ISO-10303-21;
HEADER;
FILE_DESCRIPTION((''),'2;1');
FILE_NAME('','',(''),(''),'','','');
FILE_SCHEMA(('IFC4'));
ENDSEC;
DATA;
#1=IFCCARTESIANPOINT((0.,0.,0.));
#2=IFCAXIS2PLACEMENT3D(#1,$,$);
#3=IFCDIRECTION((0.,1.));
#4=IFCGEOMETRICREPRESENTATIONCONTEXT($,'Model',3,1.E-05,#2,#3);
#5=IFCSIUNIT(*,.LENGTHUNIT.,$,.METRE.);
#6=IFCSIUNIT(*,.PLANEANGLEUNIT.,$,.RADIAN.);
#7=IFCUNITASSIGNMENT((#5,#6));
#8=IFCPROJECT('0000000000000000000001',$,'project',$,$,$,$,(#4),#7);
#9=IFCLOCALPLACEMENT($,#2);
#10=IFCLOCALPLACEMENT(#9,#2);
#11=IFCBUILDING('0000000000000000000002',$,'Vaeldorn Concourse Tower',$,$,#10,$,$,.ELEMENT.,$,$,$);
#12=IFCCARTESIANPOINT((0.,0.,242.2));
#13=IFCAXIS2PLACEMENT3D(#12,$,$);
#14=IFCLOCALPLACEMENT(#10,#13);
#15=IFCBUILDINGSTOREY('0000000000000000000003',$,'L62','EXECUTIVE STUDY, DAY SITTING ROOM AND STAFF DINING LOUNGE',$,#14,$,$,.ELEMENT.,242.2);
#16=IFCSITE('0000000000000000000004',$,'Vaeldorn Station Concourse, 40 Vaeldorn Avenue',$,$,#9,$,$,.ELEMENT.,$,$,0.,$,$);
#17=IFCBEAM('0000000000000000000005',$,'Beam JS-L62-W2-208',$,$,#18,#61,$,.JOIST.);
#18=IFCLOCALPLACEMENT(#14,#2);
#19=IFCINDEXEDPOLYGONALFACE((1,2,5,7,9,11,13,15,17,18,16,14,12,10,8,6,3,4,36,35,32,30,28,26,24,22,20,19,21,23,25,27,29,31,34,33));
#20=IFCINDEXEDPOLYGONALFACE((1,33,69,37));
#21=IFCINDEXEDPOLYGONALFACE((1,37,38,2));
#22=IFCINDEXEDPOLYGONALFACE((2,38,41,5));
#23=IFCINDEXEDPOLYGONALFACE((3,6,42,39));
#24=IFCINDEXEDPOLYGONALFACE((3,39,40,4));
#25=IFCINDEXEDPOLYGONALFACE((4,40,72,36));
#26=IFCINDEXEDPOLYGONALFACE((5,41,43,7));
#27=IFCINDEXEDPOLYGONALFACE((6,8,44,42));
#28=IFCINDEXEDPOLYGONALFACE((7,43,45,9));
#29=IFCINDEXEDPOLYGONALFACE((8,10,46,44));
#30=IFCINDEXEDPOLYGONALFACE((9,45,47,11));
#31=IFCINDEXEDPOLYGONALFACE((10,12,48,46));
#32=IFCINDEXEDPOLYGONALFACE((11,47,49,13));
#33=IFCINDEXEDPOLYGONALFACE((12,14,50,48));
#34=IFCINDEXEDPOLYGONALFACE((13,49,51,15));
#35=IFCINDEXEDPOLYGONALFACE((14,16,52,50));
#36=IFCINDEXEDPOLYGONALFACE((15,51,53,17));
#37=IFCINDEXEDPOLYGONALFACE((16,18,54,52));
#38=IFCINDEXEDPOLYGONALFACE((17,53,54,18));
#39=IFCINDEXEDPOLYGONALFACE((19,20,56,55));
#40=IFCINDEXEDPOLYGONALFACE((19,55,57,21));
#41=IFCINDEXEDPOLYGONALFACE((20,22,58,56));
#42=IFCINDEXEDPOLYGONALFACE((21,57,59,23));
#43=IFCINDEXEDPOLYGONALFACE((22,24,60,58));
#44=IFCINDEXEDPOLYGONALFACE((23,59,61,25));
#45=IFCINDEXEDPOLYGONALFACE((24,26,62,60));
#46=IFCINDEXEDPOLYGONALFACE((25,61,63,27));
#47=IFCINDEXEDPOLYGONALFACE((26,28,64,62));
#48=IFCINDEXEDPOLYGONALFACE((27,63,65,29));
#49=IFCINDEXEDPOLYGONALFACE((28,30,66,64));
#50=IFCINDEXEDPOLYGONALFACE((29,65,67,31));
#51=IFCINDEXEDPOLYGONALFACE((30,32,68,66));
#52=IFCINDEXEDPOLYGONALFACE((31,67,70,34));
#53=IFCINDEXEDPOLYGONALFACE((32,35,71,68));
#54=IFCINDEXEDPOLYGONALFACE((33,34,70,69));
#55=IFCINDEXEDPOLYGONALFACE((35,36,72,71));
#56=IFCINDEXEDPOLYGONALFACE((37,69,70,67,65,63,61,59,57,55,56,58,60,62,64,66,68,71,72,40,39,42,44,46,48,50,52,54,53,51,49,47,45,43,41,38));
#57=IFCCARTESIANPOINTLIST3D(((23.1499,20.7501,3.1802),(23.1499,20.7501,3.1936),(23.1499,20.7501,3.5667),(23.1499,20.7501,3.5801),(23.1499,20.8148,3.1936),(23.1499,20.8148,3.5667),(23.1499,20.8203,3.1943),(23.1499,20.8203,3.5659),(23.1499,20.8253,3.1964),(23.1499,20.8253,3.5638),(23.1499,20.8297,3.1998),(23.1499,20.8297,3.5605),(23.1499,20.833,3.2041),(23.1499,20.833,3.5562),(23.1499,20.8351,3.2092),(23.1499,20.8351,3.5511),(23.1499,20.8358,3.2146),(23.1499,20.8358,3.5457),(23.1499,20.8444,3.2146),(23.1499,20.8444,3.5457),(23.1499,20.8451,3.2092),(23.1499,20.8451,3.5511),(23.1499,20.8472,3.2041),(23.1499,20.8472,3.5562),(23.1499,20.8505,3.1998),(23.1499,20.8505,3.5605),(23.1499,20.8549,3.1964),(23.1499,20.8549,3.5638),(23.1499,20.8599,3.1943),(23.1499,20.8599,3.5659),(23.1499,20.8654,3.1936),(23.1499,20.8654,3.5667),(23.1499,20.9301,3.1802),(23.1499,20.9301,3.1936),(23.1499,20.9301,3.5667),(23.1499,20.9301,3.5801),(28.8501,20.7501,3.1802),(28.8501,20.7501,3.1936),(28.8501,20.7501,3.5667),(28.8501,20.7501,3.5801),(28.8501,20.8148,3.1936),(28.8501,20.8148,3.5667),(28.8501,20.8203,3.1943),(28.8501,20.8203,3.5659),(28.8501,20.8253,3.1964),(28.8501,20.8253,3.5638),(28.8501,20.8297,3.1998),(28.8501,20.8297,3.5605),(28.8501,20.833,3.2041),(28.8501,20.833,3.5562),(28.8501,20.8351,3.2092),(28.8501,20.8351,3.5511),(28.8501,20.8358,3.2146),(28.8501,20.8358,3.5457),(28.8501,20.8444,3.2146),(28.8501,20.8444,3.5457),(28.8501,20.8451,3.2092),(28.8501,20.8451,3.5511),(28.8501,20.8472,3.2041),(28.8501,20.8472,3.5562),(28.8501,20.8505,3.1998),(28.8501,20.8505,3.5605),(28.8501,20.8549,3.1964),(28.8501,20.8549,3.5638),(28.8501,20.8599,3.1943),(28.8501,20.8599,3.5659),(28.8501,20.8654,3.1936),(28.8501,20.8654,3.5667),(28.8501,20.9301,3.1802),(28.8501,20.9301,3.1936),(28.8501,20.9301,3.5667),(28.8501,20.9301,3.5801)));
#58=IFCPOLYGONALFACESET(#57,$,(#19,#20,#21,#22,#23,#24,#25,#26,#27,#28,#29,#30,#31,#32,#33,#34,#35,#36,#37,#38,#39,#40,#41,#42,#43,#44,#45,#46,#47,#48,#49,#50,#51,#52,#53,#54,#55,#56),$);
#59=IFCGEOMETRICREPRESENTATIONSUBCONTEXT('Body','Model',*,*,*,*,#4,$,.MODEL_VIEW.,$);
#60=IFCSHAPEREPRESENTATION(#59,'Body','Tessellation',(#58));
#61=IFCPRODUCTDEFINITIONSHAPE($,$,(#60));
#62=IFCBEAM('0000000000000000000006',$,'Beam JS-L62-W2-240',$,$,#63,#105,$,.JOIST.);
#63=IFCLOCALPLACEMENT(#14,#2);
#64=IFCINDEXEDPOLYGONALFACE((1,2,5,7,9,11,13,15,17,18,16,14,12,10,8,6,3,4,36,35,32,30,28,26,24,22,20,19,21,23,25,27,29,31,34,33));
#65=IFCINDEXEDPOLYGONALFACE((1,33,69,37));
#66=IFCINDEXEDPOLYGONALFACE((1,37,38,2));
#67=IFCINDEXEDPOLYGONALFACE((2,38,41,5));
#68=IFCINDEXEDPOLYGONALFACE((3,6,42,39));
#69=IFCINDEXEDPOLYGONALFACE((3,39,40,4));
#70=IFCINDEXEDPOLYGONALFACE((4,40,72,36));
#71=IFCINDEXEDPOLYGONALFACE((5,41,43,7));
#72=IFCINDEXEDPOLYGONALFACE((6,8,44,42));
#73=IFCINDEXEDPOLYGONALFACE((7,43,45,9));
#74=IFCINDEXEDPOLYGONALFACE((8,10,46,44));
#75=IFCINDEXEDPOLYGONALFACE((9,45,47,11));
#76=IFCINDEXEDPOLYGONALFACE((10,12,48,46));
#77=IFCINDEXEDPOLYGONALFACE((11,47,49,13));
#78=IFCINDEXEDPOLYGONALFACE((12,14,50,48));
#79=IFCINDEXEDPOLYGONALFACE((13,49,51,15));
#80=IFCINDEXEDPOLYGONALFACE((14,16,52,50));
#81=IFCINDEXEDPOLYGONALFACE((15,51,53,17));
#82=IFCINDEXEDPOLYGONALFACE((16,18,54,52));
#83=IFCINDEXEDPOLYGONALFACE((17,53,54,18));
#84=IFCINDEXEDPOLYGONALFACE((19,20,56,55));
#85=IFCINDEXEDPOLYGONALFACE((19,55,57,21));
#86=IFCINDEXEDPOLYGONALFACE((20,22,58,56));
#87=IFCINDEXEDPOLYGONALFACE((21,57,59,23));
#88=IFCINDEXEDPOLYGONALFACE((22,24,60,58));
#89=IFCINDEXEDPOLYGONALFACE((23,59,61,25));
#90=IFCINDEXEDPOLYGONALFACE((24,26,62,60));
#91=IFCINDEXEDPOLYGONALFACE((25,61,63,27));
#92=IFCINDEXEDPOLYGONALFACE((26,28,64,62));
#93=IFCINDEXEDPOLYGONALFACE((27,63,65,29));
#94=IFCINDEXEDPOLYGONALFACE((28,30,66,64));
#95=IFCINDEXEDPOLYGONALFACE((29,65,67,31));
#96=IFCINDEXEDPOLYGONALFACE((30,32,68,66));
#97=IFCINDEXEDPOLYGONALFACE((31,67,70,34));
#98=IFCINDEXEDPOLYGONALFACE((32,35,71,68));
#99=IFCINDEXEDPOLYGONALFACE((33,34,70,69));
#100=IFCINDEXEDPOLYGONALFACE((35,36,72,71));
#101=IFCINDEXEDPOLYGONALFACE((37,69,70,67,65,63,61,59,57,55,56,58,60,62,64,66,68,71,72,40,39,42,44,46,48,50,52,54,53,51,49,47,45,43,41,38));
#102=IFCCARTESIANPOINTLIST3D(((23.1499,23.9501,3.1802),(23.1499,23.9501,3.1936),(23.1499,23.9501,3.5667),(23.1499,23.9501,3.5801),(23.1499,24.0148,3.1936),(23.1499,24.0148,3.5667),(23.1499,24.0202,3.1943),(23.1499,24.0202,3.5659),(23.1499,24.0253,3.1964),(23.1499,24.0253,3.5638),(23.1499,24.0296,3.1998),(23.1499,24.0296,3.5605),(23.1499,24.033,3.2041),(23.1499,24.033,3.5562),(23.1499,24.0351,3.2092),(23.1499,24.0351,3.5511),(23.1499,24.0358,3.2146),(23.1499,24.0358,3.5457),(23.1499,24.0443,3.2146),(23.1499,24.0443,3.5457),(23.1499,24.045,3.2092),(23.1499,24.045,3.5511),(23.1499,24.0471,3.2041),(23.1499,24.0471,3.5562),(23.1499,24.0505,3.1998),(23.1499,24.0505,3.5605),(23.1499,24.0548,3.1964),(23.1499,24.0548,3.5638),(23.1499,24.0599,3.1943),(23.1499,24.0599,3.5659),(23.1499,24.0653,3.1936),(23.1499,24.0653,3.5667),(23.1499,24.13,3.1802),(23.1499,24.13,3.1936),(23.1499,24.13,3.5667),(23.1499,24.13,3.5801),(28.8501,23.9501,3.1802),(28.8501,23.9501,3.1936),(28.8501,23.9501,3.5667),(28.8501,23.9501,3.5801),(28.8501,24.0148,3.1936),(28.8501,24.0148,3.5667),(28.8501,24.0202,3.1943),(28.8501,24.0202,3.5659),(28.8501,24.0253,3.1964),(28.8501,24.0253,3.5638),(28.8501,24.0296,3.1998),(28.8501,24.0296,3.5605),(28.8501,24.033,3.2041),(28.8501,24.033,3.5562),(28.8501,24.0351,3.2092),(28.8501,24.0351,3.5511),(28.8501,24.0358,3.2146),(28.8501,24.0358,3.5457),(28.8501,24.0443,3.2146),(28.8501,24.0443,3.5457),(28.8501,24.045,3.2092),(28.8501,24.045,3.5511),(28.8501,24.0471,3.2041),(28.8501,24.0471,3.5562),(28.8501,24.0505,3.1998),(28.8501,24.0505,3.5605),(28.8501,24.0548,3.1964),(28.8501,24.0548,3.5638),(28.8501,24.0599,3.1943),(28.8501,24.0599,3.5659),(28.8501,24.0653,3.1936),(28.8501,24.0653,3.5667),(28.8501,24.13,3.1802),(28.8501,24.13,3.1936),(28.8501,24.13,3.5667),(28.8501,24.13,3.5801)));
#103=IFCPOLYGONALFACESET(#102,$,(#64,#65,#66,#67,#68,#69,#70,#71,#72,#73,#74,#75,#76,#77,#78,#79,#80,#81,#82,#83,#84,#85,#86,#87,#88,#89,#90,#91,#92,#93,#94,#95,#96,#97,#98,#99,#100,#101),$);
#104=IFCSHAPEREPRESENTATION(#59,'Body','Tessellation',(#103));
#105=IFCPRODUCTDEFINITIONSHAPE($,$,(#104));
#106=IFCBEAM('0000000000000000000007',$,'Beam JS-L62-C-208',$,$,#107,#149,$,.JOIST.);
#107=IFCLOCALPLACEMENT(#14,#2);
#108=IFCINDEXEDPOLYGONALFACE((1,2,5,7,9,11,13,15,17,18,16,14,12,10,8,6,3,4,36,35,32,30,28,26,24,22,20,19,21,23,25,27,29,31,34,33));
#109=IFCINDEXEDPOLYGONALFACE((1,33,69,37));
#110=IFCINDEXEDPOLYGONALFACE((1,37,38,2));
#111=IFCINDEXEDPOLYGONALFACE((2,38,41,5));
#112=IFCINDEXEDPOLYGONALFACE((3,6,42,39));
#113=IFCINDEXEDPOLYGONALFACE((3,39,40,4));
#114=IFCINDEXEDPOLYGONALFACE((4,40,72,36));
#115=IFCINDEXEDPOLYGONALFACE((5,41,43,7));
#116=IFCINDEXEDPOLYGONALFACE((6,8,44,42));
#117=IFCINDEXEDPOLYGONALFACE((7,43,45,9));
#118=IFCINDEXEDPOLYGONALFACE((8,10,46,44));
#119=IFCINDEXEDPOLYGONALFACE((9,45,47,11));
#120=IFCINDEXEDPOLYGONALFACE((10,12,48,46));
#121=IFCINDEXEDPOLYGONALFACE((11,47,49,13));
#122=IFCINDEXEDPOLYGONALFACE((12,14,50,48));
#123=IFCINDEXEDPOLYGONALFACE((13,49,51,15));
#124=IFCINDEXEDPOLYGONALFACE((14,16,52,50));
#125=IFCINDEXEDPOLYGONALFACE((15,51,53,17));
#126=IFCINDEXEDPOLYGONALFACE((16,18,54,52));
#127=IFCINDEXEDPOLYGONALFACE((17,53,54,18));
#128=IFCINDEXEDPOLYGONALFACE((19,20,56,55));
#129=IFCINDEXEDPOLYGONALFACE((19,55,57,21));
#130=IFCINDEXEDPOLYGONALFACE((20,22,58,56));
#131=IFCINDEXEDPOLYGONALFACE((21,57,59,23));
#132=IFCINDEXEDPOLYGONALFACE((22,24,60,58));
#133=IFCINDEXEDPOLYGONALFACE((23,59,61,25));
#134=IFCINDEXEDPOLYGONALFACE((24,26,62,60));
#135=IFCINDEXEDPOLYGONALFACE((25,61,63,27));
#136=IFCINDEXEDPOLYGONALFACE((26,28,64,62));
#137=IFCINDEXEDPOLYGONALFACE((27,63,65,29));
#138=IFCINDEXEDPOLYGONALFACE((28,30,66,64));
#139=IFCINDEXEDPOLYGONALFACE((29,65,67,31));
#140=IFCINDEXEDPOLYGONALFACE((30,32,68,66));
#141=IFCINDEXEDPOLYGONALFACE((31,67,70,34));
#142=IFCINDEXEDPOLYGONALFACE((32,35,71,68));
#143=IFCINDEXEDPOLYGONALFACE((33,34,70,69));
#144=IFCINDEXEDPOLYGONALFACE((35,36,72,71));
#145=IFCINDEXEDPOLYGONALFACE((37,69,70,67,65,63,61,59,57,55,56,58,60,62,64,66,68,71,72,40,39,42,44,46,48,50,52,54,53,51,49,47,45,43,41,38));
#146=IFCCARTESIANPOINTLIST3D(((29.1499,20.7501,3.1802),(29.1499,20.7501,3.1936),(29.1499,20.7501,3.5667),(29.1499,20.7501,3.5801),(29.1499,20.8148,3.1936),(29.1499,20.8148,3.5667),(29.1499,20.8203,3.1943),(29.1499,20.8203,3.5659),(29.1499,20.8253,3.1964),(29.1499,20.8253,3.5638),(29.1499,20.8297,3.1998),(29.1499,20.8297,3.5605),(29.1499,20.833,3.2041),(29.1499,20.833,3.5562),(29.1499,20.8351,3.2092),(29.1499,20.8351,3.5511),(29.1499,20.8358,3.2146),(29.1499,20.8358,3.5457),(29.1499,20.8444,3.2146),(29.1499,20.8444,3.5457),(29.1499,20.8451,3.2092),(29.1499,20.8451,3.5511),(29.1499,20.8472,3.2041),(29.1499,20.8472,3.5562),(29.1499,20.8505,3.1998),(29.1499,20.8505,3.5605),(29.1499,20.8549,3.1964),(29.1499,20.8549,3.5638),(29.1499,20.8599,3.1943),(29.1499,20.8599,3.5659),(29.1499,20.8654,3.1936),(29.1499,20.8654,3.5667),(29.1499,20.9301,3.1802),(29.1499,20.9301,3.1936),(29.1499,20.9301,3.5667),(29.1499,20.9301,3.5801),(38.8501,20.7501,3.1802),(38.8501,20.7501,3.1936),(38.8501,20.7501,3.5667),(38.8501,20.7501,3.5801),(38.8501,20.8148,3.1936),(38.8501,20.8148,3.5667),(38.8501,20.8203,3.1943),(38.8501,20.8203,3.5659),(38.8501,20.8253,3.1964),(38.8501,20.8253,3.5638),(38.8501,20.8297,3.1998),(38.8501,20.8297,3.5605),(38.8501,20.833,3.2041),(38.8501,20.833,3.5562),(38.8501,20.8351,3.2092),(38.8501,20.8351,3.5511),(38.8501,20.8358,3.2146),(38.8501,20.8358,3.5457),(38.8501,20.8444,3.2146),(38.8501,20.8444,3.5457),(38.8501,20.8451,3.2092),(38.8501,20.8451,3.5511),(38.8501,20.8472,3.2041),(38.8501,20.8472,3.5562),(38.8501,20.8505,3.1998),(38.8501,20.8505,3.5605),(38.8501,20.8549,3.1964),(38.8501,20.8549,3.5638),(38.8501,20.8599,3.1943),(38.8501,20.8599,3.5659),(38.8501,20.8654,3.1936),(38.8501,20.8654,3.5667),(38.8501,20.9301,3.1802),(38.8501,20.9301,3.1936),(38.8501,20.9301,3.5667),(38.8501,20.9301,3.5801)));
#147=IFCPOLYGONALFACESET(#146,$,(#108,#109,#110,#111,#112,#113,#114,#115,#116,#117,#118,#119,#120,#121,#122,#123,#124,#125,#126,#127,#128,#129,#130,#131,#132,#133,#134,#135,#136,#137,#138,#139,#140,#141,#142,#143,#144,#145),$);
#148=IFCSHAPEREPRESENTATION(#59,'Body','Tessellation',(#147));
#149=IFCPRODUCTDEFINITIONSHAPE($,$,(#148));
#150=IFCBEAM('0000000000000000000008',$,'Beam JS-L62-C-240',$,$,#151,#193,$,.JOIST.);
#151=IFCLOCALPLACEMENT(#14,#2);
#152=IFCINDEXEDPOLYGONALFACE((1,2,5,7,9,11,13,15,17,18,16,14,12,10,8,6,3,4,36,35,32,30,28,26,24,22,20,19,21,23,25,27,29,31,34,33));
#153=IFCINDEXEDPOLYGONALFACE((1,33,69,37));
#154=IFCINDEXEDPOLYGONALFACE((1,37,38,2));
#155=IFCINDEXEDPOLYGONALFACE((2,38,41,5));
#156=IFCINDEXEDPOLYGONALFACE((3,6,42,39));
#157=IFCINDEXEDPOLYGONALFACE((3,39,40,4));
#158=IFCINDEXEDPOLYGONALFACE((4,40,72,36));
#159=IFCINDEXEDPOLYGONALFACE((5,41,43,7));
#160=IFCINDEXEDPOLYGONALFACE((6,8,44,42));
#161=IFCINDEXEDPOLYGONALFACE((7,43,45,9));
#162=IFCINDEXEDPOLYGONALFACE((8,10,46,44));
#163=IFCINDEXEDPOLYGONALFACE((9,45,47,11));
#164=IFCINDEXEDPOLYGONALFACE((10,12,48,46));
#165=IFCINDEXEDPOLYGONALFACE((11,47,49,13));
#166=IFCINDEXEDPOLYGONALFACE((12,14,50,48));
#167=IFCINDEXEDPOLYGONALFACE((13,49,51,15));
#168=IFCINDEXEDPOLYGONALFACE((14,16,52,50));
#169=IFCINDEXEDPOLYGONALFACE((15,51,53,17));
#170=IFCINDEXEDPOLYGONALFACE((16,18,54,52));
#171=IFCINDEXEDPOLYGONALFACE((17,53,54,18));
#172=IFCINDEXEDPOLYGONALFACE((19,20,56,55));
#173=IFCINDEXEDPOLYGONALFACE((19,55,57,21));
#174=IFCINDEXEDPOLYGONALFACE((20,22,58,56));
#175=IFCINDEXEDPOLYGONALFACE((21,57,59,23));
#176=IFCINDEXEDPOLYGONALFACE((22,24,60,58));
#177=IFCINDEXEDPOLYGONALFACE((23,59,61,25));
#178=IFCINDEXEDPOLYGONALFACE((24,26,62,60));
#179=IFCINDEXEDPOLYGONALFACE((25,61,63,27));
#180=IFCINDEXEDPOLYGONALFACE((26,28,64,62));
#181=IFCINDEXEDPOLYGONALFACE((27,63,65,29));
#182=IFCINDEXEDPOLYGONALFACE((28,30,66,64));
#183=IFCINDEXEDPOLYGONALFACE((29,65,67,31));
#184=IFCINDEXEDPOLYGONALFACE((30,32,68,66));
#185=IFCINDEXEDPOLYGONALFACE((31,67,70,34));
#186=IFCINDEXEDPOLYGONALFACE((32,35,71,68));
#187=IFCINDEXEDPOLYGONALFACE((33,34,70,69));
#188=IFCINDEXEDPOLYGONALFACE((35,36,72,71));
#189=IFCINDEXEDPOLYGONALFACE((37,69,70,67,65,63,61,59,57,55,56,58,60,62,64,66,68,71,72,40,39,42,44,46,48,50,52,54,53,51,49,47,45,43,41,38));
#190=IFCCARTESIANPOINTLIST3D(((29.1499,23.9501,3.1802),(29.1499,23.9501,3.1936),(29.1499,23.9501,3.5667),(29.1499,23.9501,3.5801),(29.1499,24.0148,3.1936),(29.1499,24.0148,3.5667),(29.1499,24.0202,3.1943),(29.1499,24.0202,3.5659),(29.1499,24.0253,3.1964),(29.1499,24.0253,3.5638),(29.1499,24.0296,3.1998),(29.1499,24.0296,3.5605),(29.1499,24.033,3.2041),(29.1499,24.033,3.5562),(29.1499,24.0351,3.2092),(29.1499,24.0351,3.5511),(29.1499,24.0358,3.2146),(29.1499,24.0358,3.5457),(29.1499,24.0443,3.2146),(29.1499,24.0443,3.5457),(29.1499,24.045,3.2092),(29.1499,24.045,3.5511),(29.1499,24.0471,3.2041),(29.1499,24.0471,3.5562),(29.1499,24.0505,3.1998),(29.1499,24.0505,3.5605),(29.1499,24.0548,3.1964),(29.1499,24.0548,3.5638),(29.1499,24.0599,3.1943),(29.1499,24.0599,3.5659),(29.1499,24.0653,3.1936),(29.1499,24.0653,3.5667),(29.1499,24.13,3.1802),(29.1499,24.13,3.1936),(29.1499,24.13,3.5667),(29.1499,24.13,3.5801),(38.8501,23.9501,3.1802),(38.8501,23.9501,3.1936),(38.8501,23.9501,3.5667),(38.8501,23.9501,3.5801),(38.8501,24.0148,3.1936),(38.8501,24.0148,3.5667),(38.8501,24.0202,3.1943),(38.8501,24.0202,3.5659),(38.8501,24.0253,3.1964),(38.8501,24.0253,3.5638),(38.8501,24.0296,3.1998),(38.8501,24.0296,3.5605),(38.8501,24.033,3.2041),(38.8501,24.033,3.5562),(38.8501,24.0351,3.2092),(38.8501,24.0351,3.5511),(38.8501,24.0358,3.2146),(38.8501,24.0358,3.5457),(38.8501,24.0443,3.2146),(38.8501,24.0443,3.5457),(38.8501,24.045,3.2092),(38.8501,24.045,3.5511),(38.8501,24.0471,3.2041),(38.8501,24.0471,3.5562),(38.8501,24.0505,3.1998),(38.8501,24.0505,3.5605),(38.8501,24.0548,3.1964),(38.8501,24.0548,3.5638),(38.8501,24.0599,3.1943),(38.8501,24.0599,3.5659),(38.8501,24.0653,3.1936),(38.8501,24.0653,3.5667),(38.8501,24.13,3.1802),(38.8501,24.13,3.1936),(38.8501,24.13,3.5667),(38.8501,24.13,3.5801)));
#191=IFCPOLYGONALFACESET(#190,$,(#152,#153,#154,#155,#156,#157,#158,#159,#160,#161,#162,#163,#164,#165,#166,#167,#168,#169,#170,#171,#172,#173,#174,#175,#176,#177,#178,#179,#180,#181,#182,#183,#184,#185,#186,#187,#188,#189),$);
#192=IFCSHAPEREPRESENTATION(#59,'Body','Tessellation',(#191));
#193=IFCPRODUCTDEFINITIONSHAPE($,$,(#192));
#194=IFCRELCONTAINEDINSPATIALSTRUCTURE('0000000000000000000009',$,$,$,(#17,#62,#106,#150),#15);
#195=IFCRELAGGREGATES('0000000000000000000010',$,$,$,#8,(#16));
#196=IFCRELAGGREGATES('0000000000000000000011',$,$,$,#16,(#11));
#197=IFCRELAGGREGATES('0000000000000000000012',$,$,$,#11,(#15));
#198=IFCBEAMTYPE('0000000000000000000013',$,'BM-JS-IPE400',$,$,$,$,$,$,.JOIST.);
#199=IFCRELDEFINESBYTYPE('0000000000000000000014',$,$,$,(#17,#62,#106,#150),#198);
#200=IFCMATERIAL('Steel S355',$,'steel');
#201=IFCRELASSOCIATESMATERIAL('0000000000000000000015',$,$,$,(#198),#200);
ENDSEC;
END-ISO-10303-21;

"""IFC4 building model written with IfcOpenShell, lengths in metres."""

from ifc_helpers import new_model, si_unit, direction, frame, origin, origin_2d, place, context, subcontext, project, spatial, i_section, extrude, source, transform, mapped, material, material_profile, profile_set, type_object, element, save


model = new_model("IFC4")

# Units and contexts
model_context = context("Model", 3, precision=1e-05, world=origin(), true_north=direction((0.0, 1.0)))
body_context = subcontext(model_context, "Body", "Model", "MODEL_VIEW")
ifc_project = project(units=[si_unit("LENGTHUNIT", "METRE"), si_unit("PLANEANGLEUNIT", "RADIAN")], contexts=[model_context])

# Site, building, storey
site_placement = place(None, origin())
site = spatial("IfcSite", under=ifc_project, at=site_placement, Name="Vaeldorn Station Concourse, 40 Vaeldorn Avenue", CompositionType="ELEMENT", RefElevation=0.0)
building_placement = place(site_placement, origin())
building = spatial("IfcBuilding", under=site, at=building_placement, Name="Vaeldorn Concourse Tower", CompositionType="ELEMENT")
storey_placement = place(building_placement, frame((0.0, 0.0, 242.2)))
storey = spatial("IfcBuildingStorey", under=building, at=storey_placement, Name="L62", Description="EXECUTIVE STUDY, DAY SITTING ROOM AND STAFF DINING LOUNGE", CompositionType="ELEMENT", Elevation=242.2)

# Shared definitions
ifc_material_1 = material(Name="Steel S355", Category="steel")

# Beams
ifc_material_profile_1 = material_profile(ifc_material_1, i_section(OverallWidth=0.1799, OverallDepth=0.3999, WebThickness=0.0085, FlangeThickness=0.0134, FilletRadius=0.021, at=origin_2d()), Name="IPE 400")
ifc_profile_set_1 = profile_set([ifc_material_profile_1], Name="Steel S355")
beam_type_1 = type_object("IfcBeamType", Name="BM-JS-IPE400", PredefinedType="JOIST", material=ifc_profile_set_1)
shared_shape_1 = source(origin(), body_context, "Body", "SweptSolid", [
    extrude(i_section(OverallWidth=0.1799, OverallDepth=0.3999, WebThickness=0.0085, FlangeThickness=0.0134, FilletRadius=0.021, at=origin_2d()), origin(), (0.0, 0.0, 1.0), 5.7002),
])
for number, where, z_axis, x_axis, name in (
    (1, (23.1499, 20.8401, 3.3801), (1.0, 0.0, 0.0), (0.0, 1.0, 0.0), "Beam JS-L62-W2-208"),
    (2, (23.1499, 24.04, 3.3801), (1.0, 0.0, 0.0), (0.0, 1.0, 0.0), "Beam JS-L62-W2-240"),
):
    element("IfcBeam", number, at=place(storey_placement, frame(where, z_axis=z_axis, x_axis=x_axis)), inside=storey, type_object=beam_type_1, Name=name, PredefinedType="JOIST", context=body_context, shape_type="MappedRepresentation", body=[
        mapped(shared_shape_1, transform((0.0, 0.0, 0.0), scale=1.0)),
    ])
shared_shape_2 = source(origin(), body_context, "Body", "SweptSolid", [
    extrude(i_section(OverallWidth=0.1799, OverallDepth=0.3999, WebThickness=0.0085, FlangeThickness=0.0134, FilletRadius=0.021, at=origin_2d()), origin(), (0.0, 0.0, 1.0), 9.7002),
])
for number, where, z_axis, x_axis, name in (
    (3, (29.1499, 20.8401, 3.3801), (1.0, 0.0, 0.0), (0.0, 1.0, 0.0), "Beam JS-L62-C-208"),
    (4, (29.1499, 24.04, 3.3801), (1.0, 0.0, 0.0), (0.0, 1.0, 0.0), "Beam JS-L62-C-240"),
):
    element("IfcBeam", number, at=place(storey_placement, frame(where, z_axis=z_axis, x_axis=x_axis)), inside=storey, type_object=beam_type_1, Name=name, PredefinedType="JOIST", context=body_context, shape_type="MappedRepresentation", body=[
        mapped(shared_shape_2, transform((0.0, 0.0, 0.0), scale=1.0)),
    ])

save(model, "model.ifc")
